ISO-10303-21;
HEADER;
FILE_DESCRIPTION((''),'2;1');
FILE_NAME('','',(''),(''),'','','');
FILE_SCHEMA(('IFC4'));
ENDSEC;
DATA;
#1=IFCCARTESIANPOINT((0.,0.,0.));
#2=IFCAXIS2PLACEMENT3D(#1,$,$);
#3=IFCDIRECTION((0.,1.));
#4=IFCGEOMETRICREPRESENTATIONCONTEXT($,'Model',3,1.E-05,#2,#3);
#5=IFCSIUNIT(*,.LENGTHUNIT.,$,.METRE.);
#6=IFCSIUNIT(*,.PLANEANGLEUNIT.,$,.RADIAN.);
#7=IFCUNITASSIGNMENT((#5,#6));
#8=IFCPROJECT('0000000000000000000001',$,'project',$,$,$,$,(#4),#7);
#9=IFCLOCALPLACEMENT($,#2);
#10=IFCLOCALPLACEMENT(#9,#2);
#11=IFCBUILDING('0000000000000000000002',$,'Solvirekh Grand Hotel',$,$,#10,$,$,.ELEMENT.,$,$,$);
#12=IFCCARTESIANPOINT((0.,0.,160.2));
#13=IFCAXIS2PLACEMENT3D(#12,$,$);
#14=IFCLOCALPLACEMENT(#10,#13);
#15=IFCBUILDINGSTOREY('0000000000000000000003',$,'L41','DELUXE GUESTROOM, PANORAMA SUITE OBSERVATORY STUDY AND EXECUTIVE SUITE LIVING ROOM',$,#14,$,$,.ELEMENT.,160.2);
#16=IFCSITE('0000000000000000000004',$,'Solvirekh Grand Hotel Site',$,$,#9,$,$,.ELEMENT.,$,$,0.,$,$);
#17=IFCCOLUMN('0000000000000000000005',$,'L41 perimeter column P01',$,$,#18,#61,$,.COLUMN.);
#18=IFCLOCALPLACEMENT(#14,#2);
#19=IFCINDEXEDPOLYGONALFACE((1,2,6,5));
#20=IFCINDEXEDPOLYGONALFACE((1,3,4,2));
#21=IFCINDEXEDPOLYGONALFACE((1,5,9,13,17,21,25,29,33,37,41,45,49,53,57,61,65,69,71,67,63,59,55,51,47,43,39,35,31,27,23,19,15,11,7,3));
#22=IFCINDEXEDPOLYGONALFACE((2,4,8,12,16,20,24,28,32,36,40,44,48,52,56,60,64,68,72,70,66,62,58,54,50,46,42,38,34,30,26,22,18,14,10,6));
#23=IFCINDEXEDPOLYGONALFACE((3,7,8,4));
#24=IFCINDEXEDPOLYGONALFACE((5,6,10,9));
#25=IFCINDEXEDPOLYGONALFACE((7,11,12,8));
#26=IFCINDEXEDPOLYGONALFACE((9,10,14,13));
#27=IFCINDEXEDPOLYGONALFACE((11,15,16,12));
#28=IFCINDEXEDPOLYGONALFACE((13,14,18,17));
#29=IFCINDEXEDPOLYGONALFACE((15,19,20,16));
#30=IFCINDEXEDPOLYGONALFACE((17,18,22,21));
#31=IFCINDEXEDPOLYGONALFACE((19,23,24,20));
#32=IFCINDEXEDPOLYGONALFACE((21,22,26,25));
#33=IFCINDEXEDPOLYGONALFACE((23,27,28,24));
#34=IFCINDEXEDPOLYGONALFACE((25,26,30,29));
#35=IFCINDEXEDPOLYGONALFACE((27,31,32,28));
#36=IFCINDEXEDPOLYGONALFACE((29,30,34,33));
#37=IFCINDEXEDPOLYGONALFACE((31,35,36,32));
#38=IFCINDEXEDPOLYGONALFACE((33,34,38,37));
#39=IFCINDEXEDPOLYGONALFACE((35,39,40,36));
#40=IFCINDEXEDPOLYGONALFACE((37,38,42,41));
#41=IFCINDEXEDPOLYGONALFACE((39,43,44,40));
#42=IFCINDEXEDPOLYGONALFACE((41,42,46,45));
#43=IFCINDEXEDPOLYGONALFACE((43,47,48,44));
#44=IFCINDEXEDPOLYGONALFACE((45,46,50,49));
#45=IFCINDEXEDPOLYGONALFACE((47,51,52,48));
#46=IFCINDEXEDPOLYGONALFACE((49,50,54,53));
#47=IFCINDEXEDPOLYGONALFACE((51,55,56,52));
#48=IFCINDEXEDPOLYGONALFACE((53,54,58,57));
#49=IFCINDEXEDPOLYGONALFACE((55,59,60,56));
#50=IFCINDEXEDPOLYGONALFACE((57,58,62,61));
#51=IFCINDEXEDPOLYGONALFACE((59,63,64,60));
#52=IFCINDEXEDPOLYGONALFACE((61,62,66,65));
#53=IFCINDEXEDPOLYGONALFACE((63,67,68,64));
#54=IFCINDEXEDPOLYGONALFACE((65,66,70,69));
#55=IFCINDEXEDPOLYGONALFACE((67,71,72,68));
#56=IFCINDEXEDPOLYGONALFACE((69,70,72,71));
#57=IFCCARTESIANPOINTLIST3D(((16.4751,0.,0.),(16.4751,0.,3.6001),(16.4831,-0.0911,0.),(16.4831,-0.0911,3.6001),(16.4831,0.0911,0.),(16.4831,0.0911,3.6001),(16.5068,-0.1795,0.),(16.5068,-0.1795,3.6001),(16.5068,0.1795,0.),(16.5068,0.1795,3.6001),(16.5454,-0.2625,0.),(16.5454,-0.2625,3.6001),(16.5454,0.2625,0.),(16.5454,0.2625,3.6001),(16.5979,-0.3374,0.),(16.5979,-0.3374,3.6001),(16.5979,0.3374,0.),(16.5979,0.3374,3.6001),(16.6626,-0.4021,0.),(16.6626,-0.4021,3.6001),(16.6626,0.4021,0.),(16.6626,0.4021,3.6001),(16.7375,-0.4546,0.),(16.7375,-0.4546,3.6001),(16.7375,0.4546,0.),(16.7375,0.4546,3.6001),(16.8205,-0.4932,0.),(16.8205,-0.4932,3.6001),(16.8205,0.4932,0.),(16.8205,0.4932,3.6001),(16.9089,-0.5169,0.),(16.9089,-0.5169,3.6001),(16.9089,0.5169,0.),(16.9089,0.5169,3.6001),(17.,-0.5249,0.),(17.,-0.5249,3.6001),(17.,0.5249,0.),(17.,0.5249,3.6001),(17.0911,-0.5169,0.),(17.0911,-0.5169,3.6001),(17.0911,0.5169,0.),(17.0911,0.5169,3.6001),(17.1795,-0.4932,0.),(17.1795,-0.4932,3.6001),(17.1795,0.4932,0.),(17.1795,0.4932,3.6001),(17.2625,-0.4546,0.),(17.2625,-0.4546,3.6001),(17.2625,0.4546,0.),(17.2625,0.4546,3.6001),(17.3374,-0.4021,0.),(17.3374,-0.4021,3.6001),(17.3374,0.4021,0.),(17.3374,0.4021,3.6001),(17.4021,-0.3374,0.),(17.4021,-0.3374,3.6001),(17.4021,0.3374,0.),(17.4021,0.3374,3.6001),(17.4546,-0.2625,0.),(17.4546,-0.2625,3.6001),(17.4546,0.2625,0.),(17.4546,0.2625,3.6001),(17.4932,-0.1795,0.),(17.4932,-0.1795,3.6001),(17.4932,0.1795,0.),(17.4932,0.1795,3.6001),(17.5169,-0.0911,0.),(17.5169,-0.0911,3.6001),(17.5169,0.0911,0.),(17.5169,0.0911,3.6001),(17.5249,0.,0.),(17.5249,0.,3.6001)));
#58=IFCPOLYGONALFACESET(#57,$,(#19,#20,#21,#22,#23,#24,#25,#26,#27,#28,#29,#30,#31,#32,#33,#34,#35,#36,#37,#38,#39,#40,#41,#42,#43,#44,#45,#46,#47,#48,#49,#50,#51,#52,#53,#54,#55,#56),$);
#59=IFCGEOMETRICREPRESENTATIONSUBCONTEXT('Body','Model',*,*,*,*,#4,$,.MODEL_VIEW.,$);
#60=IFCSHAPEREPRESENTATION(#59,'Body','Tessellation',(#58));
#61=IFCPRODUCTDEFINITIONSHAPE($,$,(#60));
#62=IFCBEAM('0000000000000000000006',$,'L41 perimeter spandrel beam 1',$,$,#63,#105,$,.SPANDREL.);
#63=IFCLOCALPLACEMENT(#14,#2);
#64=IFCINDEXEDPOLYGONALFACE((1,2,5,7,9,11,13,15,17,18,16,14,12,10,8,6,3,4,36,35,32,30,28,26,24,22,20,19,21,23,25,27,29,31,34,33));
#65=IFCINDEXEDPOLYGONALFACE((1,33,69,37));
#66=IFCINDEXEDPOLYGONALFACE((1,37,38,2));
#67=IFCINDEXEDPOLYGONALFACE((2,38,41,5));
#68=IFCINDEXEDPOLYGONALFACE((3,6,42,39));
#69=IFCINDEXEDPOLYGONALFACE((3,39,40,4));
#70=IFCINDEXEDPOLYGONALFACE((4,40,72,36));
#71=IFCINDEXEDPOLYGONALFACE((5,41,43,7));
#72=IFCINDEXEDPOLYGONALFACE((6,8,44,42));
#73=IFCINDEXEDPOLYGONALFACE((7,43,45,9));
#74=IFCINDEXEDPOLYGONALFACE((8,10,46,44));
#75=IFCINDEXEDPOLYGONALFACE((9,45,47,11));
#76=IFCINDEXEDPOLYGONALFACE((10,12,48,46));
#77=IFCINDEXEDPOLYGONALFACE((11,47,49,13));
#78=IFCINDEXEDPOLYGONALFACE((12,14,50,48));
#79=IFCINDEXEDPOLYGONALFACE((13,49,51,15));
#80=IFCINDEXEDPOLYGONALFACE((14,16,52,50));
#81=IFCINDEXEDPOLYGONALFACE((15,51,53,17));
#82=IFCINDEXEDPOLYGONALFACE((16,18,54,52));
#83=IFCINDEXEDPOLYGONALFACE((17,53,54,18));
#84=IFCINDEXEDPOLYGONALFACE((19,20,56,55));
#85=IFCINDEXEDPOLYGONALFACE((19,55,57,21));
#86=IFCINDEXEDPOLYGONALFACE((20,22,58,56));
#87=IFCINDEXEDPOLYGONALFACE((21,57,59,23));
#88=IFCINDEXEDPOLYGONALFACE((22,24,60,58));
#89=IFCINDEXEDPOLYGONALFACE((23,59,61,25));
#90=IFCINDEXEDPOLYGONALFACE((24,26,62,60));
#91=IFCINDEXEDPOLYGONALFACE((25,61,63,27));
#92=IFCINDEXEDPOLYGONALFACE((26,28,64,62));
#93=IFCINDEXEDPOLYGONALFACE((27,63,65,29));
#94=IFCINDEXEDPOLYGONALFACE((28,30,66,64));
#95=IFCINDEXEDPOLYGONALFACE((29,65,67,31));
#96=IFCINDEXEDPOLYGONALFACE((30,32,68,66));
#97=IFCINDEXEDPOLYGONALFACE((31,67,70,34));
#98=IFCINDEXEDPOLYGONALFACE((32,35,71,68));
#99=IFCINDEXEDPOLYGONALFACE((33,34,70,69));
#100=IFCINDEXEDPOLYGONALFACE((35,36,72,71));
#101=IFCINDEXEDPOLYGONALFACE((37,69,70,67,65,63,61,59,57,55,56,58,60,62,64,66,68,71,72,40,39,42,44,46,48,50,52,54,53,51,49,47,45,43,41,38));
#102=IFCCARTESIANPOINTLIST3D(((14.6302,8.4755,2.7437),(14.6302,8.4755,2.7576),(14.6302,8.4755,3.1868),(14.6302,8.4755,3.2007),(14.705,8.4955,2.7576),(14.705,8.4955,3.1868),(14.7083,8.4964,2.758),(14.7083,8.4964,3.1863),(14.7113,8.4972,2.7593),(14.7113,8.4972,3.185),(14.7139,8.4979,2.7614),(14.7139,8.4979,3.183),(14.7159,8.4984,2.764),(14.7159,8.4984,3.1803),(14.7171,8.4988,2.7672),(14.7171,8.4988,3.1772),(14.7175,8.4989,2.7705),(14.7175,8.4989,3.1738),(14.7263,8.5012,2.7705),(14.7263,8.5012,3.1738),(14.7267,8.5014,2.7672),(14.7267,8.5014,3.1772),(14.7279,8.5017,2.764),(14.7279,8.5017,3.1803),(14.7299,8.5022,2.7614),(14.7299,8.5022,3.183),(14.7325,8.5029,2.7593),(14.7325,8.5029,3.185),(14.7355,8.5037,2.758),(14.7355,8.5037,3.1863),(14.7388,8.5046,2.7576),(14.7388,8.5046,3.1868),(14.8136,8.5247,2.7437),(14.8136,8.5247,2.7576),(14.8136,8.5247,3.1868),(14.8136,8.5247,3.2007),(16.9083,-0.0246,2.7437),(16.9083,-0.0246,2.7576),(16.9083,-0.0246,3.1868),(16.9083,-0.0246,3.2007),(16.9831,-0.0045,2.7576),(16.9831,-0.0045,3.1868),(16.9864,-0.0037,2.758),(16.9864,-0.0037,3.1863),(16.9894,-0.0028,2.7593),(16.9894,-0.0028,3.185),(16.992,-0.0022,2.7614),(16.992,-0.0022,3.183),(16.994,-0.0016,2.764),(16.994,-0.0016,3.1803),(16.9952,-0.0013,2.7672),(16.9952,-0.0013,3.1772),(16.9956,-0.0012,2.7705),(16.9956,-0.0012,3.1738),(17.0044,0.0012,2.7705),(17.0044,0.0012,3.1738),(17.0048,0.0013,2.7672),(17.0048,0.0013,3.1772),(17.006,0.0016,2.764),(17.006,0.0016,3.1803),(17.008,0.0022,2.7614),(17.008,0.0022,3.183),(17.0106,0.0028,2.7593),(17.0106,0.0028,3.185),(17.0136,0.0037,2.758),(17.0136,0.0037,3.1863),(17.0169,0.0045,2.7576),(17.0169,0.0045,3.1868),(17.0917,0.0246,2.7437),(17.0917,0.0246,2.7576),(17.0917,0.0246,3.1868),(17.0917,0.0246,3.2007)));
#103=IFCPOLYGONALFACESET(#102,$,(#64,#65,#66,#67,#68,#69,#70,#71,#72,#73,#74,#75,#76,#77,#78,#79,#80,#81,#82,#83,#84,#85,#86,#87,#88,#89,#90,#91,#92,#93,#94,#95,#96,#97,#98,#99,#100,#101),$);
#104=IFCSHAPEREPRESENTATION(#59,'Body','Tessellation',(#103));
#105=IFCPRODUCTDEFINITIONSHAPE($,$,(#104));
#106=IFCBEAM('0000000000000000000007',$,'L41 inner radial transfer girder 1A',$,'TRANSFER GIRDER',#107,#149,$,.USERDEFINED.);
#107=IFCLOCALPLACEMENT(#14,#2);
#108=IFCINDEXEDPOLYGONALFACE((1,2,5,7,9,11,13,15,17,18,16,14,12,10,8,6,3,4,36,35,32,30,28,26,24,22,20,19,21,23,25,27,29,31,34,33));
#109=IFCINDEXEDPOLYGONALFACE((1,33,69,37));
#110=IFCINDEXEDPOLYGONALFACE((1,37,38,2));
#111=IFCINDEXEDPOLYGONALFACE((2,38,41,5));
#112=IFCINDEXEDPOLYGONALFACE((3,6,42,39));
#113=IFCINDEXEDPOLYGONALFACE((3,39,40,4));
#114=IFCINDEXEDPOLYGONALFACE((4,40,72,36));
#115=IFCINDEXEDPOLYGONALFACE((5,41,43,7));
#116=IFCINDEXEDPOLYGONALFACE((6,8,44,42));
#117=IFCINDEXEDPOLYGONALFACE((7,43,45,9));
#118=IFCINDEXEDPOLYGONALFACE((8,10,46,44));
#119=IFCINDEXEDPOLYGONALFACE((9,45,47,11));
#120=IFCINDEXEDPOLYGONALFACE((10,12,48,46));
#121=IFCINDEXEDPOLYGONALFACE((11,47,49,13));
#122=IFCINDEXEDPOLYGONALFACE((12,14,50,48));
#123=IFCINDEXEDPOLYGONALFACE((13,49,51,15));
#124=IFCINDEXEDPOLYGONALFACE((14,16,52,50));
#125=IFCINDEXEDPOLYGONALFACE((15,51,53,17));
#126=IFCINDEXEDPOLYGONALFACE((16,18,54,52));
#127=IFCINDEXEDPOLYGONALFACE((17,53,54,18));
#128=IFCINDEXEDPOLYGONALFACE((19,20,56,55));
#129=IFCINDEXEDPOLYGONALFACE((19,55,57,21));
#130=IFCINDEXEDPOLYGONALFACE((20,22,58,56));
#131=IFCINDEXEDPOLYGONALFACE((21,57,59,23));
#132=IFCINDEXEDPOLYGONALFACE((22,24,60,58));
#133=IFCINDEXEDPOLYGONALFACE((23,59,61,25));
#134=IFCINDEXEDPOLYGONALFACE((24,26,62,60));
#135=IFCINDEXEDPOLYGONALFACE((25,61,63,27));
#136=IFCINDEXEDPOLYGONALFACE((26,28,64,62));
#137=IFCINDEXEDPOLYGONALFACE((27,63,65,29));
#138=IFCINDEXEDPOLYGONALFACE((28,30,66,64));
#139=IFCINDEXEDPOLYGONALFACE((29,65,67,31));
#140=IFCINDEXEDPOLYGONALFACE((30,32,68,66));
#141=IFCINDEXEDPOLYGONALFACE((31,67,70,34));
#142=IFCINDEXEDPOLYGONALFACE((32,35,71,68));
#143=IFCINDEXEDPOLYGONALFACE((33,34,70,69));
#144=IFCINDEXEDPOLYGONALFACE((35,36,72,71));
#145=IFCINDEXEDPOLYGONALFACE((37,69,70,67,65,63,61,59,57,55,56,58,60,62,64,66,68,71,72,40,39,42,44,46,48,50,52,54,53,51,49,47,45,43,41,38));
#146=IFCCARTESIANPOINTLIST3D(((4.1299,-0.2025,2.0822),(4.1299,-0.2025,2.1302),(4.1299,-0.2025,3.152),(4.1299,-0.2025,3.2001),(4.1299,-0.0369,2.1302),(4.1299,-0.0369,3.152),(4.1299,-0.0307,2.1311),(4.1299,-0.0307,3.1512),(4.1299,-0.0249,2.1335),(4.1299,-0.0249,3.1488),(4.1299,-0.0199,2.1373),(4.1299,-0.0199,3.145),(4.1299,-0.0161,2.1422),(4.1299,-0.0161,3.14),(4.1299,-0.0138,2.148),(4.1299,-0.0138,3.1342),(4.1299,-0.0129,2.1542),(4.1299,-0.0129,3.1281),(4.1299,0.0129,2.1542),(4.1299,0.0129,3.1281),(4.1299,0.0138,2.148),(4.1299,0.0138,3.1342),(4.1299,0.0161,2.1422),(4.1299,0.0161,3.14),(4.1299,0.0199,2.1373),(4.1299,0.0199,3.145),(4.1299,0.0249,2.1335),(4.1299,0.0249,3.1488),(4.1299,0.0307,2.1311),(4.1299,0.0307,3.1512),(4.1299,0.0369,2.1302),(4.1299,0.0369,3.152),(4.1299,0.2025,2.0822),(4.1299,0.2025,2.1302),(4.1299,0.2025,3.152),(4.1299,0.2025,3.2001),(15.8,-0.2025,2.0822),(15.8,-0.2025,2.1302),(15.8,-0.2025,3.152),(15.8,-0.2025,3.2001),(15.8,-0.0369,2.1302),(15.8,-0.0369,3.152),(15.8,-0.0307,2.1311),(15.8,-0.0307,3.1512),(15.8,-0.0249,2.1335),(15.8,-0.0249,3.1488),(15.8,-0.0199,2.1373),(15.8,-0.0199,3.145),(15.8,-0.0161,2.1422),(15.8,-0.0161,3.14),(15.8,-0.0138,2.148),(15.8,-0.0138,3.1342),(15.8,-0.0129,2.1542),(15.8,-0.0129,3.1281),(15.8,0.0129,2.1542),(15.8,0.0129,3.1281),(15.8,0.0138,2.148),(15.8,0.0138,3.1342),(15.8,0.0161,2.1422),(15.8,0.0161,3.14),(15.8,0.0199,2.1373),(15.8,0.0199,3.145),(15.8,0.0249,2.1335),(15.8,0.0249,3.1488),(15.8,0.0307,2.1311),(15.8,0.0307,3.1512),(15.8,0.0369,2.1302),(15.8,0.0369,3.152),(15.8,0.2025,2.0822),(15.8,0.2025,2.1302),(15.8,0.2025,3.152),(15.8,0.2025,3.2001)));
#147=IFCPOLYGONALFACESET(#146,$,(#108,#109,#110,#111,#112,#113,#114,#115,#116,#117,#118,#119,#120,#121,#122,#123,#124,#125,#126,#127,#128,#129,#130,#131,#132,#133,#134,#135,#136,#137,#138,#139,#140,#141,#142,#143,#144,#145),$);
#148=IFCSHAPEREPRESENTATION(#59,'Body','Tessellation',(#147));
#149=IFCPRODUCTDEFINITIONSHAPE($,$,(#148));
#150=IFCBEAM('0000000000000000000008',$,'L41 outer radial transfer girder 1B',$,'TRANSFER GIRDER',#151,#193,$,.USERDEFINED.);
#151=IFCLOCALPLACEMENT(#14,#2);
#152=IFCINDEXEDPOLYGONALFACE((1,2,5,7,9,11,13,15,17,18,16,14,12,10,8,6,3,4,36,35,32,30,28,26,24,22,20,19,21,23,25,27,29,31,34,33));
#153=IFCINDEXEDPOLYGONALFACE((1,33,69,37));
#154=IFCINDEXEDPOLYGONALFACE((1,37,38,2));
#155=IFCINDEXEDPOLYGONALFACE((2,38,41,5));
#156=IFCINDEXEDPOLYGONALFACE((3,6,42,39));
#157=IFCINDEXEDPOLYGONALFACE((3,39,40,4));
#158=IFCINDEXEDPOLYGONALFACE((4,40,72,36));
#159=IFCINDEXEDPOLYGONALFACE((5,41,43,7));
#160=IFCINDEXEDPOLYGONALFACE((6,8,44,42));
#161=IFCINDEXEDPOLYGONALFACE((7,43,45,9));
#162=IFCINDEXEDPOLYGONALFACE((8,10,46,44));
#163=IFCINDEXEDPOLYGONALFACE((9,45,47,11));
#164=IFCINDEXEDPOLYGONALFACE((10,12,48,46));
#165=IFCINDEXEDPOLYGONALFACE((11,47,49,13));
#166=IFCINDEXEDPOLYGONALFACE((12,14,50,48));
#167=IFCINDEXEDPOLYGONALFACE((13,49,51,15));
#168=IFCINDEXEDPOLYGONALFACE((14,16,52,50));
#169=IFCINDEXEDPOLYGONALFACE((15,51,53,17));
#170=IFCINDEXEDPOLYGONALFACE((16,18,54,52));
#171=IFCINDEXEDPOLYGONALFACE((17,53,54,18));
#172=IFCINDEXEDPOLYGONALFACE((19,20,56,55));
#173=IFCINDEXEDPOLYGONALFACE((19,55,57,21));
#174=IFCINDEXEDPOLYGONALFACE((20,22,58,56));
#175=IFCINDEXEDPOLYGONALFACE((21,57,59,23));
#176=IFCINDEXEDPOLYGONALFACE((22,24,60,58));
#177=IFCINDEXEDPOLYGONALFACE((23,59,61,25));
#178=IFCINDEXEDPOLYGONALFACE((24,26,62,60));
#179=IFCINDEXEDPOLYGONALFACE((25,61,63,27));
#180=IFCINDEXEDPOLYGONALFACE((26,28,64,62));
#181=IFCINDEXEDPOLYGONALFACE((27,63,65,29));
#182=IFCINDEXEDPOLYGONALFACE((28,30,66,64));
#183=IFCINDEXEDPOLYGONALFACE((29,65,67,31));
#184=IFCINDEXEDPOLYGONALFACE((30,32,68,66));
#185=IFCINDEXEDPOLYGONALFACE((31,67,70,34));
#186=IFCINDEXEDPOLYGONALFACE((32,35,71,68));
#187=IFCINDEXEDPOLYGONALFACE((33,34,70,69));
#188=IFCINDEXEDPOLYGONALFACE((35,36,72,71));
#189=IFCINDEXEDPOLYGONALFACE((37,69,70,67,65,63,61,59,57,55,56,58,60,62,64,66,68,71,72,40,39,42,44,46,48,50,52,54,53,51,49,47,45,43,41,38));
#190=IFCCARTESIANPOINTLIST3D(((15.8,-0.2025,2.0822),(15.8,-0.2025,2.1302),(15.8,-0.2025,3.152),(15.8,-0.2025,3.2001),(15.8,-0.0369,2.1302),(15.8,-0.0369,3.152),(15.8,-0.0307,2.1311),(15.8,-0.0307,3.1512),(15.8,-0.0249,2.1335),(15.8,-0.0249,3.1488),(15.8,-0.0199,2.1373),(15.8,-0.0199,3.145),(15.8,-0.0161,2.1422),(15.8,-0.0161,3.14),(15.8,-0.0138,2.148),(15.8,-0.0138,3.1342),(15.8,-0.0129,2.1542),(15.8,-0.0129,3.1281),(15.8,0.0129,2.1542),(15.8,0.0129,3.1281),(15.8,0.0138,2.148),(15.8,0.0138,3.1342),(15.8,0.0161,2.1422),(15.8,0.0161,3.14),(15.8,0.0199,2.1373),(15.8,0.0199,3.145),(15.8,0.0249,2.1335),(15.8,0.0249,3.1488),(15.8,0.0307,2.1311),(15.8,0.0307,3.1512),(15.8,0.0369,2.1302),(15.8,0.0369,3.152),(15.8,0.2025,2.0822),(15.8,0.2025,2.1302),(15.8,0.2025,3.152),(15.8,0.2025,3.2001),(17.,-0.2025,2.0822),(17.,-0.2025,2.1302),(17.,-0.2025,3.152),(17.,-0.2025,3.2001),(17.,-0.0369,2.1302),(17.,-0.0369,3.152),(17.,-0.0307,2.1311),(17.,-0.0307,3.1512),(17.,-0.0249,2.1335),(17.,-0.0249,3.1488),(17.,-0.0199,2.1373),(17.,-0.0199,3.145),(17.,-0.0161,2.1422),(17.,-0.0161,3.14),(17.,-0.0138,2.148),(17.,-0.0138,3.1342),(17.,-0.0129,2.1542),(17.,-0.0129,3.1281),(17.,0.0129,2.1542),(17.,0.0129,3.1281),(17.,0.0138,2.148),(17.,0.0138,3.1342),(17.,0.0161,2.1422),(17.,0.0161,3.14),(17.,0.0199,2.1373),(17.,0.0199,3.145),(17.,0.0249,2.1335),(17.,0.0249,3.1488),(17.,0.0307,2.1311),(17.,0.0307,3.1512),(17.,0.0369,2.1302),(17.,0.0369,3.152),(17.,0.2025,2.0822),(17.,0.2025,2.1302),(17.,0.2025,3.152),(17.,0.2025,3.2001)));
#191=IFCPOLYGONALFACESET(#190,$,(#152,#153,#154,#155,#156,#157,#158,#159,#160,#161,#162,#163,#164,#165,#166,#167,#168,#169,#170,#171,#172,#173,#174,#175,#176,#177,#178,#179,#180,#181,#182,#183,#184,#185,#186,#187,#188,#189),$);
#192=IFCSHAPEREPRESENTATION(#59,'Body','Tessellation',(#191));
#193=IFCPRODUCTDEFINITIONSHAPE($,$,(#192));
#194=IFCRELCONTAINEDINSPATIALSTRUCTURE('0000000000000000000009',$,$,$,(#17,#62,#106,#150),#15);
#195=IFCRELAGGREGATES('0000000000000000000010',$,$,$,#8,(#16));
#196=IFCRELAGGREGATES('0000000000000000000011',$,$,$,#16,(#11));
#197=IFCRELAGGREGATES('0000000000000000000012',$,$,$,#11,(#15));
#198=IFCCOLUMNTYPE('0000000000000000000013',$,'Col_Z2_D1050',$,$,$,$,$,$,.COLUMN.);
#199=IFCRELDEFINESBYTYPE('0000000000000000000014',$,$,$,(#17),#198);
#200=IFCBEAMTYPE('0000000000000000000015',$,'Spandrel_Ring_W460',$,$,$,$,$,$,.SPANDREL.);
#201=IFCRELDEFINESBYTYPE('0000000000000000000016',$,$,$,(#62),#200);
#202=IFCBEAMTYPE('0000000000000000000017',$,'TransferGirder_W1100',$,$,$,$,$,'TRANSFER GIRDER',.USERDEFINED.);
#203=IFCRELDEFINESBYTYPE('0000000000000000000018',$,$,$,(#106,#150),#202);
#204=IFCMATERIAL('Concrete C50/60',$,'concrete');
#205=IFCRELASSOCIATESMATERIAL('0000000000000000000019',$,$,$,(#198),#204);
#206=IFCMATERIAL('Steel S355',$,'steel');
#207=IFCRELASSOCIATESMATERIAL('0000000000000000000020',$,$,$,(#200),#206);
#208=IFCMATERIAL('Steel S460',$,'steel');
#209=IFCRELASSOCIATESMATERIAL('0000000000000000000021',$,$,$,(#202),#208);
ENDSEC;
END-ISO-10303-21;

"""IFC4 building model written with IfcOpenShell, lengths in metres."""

from ifc_helpers import new_model, si_unit, direction, frame, origin, origin_2d, place, context, subcontext, project, spatial, circle, i_section, extrude, material, material_profile, profile_set, type_object, element, save


model = new_model("IFC4")

# Units and contexts
model_context = context("Model", 3, precision=1e-05, world=origin(), true_north=direction((0.0, 1.0)))
body_context = subcontext(model_context, "Body", "Model", "MODEL_VIEW")
ifc_project = project(units=[si_unit("LENGTHUNIT", "METRE"), si_unit("PLANEANGLEUNIT", "RADIAN")], contexts=[model_context])

# Site, building, storey
site_placement = place(None, origin())
site = spatial("IfcSite", under=ifc_project, at=site_placement, Name="Solvirekh Grand Hotel Site", CompositionType="ELEMENT", RefElevation=0.0)
building_placement = place(site_placement, origin())
building = spatial("IfcBuilding", under=site, at=building_placement, Name="Solvirekh Grand Hotel", CompositionType="ELEMENT")
storey_placement = place(building_placement, frame((0.0, 0.0, 160.2)))
storey = spatial("IfcBuildingStorey", under=building, at=storey_placement, Name="L41", Description="DELUXE GUESTROOM, PANORAMA SUITE OBSERVATORY STUDY AND EXECUTIVE SUITE LIVING ROOM", CompositionType="ELEMENT", Elevation=160.2)

# Column
ifc_material_1 = material(Name="Concrete C50/60", Category="concrete")
ifc_material_profile_1 = material_profile(ifc_material_1, circle(Radius=0.5249, at=origin_2d()), Name="RC CIRC D1050")
ifc_profile_set_1 = profile_set([ifc_material_profile_1], Name="Concrete C50/60")
column_type = type_object("IfcColumnType", Name="Col_Z2_D1050", PredefinedType="COLUMN", material=ifc_profile_set_1)
column_placement = place(storey_placement, frame((17.0, 0.0, 0.0), z_axis=(0.0, 0.0, 1.0), x_axis=(1.0, 0.0, 0.0)))
element("IfcColumn", 1, at=column_placement, inside=storey, type_object=column_type, Name="L41 perimeter column P01", PredefinedType="COLUMN", context=body_context, shape_type="SweptSolid", body=[
    extrude(circle(Radius=0.5249, at=origin_2d()), origin(), (0.0, 0.0, 1.0), 3.6001),
])

# Beams
ifc_material_2 = material(Name="Steel S355", Category="steel")
ifc_material_profile_2 = material_profile(ifc_material_2, i_section(OverallWidth=0.1899, OverallDepth=0.457, WebThickness=0.009, FlangeThickness=0.0139, FilletRadius=0.0129, at=origin_2d()), Name="W460X74")
ifc_profile_set_2 = profile_set([ifc_material_profile_2], Name="Steel S355")
beam_type_1 = type_object("IfcBeamType", Name="Spandrel_Ring_W460", PredefinedType="SPANDREL", material=ifc_profile_set_2)
beam_1_placement = place(storey_placement, frame((17.0, 0.0, 2.9722), z_axis=(-0.258873, 0.965911, 0.0), x_axis=(-0.965911, -0.258873, 0.0)))
element("IfcBeam", 2, at=beam_1_placement, inside=storey, type_object=beam_type_1, Name="L41 perimeter spandrel beam 1", PredefinedType="SPANDREL", context=body_context, shape_type="SweptSolid", body=[
    extrude(i_section(OverallWidth=0.1899, OverallDepth=0.457, WebThickness=0.009, FlangeThickness=0.0139, FilletRadius=0.0129, at=origin_2d()), origin(), (0.0, 0.0, 1.0), 8.8),
])
ifc_material_3 = material(Name="Steel S460", Category="steel")
ifc_material_profile_3 = material_profile(ifc_material_3, i_section(OverallWidth=0.405, OverallDepth=1.1179, WebThickness=0.0259, FlangeThickness=0.0481, FilletRadius=0.0239, at=origin_2d()), Name="W1100X499")
ifc_profile_set_3 = profile_set([ifc_material_profile_3], Name="Steel S460")
beam_type_2 = type_object("IfcBeamType", Name="TransferGirder_W1100", ElementType="TRANSFER GIRDER", PredefinedType="USERDEFINED", material=ifc_profile_set_3)
beam_2_placement = place(storey_placement, frame((4.1299, 0.0, 2.6411), z_axis=(1.0, 0.0, 0.0), x_axis=(0.0, 1.0, 0.0)))
element("IfcBeam", 3, at=beam_2_placement, inside=storey, type_object=beam_type_2, Name="L41 inner radial transfer girder 1A", ObjectType="TRANSFER GIRDER", PredefinedType="USERDEFINED", context=body_context, shape_type="SweptSolid", body=[
    extrude(i_section(OverallWidth=0.405, OverallDepth=1.1179, WebThickness=0.0259, FlangeThickness=0.0481, FilletRadius=0.0239, at=origin_2d()), origin(), (0.0, 0.0, 1.0), 11.6702),
])
beam_3_placement = place(storey_placement, frame((15.8, 0.0, 2.6411), z_axis=(1.0, 0.0, 0.0), x_axis=(0.0, 1.0, 0.0)))
element("IfcBeam", 4, at=beam_3_placement, inside=storey, type_object=beam_type_2, Name="L41 outer radial transfer girder 1B", ObjectType="TRANSFER GIRDER", PredefinedType="USERDEFINED", context=body_context, shape_type="SweptSolid", body=[
    extrude(i_section(OverallWidth=0.405, OverallDepth=1.1179, WebThickness=0.0259, FlangeThickness=0.0481, FilletRadius=0.0239, at=origin_2d()), origin(), (0.0, 0.0, 1.0), 1.2),
])

save(model, "model.ifc")
